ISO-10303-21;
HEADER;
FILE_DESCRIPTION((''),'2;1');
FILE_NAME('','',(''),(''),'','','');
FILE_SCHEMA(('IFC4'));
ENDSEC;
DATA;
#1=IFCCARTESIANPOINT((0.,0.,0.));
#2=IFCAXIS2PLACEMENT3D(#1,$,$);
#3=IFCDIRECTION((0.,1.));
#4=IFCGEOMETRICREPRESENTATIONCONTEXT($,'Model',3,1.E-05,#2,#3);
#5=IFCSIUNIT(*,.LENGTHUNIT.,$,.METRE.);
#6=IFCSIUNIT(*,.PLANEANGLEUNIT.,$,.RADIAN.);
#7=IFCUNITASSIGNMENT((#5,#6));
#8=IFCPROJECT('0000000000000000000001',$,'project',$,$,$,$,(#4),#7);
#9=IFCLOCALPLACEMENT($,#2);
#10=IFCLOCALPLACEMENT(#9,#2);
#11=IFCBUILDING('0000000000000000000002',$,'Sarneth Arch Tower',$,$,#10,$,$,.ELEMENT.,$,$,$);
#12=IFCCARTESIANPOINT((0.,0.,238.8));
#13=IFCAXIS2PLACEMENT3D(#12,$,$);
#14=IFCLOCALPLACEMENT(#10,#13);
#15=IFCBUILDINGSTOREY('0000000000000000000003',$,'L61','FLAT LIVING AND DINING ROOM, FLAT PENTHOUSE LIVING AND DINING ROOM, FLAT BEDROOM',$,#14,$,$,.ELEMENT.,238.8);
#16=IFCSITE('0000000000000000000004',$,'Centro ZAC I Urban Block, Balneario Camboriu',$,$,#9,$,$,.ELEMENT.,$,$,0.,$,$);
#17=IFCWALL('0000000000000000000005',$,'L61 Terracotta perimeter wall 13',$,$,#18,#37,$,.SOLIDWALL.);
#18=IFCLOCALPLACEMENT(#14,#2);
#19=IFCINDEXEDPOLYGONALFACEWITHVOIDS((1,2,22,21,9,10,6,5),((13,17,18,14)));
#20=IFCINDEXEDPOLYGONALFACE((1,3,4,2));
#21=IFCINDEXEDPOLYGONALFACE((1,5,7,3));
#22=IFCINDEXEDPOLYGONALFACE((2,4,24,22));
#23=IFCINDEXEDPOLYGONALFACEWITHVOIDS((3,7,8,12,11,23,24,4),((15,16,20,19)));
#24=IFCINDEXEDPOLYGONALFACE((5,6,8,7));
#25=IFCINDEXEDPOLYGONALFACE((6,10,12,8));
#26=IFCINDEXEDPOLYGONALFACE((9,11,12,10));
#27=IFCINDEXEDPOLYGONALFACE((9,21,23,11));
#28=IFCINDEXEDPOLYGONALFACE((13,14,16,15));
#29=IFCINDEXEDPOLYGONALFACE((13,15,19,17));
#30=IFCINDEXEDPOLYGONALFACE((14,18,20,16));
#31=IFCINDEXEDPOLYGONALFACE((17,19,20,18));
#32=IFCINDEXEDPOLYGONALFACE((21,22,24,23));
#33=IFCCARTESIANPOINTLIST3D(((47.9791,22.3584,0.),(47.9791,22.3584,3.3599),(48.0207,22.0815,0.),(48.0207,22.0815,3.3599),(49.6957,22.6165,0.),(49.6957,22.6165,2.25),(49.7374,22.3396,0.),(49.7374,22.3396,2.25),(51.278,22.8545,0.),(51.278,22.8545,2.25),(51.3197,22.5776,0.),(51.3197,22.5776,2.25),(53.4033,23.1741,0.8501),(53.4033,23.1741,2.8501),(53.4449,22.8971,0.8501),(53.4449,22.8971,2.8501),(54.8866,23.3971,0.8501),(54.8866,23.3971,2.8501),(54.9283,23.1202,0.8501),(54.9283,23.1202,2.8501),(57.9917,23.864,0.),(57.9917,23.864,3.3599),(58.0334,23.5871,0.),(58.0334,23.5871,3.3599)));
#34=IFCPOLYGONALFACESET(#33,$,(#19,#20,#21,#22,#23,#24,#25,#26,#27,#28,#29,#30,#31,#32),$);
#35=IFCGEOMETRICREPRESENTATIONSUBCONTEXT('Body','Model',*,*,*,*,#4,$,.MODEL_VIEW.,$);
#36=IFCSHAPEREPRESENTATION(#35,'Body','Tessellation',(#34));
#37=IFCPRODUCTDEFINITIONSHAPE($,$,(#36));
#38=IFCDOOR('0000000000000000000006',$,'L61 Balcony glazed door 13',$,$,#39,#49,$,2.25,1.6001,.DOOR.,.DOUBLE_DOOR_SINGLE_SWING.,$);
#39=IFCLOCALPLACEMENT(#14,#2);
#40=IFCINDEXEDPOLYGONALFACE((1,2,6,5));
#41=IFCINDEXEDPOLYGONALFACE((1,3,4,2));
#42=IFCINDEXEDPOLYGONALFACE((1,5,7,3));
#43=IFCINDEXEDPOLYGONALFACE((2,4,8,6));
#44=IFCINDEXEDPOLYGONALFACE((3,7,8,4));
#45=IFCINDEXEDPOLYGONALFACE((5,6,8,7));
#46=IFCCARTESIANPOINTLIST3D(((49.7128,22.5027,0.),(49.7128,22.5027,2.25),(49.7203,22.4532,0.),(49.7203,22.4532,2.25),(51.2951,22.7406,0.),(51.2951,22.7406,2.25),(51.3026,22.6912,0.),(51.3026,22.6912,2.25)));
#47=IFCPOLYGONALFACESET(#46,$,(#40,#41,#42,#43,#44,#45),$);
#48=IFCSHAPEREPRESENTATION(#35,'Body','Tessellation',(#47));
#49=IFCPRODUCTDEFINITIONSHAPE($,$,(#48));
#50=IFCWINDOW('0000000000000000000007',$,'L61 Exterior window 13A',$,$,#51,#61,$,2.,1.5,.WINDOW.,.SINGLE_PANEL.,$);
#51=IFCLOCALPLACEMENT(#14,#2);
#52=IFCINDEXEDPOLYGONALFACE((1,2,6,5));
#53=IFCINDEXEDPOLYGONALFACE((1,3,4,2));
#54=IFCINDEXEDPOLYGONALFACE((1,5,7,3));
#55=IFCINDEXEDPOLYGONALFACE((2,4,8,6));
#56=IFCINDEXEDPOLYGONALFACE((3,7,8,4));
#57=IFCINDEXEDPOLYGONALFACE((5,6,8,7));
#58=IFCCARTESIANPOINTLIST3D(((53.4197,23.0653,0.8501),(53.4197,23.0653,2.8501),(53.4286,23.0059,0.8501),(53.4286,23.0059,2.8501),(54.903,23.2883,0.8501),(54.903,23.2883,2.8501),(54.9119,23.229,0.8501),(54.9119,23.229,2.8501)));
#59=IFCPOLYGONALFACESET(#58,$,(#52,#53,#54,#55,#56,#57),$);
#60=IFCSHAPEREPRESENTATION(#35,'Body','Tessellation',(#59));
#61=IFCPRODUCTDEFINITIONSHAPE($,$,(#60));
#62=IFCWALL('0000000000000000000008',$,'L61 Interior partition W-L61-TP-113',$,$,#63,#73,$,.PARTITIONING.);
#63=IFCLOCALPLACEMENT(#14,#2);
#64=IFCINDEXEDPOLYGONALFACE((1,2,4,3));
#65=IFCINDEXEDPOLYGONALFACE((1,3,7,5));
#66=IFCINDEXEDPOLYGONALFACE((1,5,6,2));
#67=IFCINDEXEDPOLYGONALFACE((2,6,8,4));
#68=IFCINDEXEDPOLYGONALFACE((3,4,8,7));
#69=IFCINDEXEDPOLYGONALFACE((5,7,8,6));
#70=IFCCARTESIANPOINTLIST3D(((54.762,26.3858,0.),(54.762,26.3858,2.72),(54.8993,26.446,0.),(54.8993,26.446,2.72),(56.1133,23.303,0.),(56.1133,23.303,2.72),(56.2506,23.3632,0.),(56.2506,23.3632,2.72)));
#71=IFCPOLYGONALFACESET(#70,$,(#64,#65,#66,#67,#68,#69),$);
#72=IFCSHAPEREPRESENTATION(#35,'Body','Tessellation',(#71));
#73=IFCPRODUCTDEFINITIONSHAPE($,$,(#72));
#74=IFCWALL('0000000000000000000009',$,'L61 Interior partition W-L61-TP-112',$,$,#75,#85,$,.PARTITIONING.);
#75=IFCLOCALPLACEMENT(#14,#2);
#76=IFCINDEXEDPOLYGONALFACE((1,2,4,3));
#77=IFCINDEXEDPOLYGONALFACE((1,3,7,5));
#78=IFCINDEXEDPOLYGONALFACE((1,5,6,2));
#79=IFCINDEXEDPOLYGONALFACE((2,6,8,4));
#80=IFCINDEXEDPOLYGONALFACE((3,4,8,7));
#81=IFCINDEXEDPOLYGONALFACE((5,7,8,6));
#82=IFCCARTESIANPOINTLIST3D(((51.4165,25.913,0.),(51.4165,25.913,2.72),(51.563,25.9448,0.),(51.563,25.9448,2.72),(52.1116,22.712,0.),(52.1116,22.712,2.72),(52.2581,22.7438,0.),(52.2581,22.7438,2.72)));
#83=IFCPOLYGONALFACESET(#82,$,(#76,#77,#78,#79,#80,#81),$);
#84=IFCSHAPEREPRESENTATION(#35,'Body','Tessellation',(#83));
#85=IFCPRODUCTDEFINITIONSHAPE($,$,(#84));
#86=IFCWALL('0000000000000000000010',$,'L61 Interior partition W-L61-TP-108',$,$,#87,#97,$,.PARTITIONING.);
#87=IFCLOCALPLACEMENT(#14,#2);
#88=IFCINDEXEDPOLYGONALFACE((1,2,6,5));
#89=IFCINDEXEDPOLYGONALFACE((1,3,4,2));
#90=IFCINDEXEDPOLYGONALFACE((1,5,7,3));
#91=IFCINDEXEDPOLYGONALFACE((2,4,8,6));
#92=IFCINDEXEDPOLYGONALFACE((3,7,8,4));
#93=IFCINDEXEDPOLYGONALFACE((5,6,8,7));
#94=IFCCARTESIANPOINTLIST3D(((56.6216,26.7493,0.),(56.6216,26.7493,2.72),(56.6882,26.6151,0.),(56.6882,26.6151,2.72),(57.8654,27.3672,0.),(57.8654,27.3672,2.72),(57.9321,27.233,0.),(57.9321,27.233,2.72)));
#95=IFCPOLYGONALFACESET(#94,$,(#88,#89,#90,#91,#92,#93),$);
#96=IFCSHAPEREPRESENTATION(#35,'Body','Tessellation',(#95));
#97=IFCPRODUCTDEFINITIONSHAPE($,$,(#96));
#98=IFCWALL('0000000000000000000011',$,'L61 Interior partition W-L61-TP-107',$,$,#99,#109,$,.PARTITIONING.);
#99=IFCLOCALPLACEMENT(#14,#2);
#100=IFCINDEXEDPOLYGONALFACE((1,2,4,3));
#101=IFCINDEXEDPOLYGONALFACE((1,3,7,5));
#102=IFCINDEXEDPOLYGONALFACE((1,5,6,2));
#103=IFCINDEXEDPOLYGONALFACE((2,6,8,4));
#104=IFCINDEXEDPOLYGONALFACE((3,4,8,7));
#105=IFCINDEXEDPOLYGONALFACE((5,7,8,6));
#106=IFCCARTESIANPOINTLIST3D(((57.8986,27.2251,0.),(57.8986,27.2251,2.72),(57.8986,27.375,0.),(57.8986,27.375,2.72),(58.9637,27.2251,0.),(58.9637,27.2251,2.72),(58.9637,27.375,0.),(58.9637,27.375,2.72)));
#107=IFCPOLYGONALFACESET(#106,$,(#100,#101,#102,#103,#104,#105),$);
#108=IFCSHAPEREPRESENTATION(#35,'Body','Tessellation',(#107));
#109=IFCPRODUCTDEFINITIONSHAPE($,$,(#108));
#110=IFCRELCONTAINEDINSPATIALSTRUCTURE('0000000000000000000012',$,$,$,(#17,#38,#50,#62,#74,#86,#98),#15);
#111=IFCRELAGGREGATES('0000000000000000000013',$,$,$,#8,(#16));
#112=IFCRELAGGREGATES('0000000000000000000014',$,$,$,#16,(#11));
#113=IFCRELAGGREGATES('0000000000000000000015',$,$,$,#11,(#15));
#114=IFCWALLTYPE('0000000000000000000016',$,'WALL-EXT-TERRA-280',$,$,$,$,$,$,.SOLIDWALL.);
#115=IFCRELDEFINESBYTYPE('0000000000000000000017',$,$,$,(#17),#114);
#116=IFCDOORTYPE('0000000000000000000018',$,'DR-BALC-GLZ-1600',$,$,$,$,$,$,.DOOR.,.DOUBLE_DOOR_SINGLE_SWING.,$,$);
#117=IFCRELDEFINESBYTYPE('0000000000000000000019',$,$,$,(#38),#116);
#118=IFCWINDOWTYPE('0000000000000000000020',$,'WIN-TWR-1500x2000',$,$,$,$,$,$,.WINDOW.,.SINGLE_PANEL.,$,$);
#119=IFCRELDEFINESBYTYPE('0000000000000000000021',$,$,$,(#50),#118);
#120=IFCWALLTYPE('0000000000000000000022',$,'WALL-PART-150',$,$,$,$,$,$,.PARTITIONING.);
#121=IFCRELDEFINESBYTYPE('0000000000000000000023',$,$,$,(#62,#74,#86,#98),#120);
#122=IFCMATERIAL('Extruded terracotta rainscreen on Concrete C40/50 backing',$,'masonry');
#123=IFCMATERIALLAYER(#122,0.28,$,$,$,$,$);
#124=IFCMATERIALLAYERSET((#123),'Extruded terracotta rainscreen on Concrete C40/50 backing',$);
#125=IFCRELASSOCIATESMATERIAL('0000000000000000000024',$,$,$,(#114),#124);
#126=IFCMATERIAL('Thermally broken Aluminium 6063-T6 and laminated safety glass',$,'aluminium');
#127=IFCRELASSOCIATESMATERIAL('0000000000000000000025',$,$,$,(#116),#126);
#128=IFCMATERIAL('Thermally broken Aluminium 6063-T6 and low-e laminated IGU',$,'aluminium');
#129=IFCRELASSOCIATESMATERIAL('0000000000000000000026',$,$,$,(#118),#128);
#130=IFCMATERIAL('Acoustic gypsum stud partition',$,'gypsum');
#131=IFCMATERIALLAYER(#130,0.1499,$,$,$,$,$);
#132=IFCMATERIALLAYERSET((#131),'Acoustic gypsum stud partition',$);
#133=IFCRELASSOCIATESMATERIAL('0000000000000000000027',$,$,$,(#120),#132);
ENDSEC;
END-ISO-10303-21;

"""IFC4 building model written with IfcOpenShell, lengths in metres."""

from ifc_helpers import new_model, si_unit, direction, frame, frame_2d, origin, place, context, subcontext, project, spatial, rectangle, extrude, material, layer, layer_set, type_object, element, fill, save


model = new_model("IFC4")

# Units and contexts
model_context = context("Model", 3, precision=1e-05, world=origin(), true_north=direction((0.0, 1.0)))
body_context = subcontext(model_context, "Body", "Model", "MODEL_VIEW")
ifc_project = project(units=[si_unit("LENGTHUNIT", "METRE"), si_unit("PLANEANGLEUNIT", "RADIAN")], contexts=[model_context])

# Site, building, storey
site_placement = place(None, origin())
site = spatial("IfcSite", under=ifc_project, at=site_placement, Name="Centro ZAC I Urban Block, Balneario Camboriu", CompositionType="ELEMENT", RefElevation=0.0)
building_placement = place(site_placement, origin())
building = spatial("IfcBuilding", under=site, at=building_placement, Name="Sarneth Arch Tower", CompositionType="ELEMENT")
storey_placement = place(building_placement, frame((0.0, 0.0, 238.8)))
storey = spatial("IfcBuildingStorey", under=building, at=storey_placement, Name="L61", Description="FLAT LIVING AND DINING ROOM, FLAT PENTHOUSE LIVING AND DINING ROOM, FLAT BEDROOM", CompositionType="ELEMENT", Elevation=238.8)

# Wall, openings, door, window
ifc_material_1 = material(Name="Extruded terracotta rainscreen on Concrete C40/50 backing", Category="masonry")
ifc_layer_1 = layer(ifc_material_1, 0.28)
ifc_layer_set_1 = layer_set([ifc_layer_1], Name="Extruded terracotta rainscreen on Concrete C40/50 backing")
wall_type_1 = type_object("IfcWallType", Name="WALL-EXT-TERRA-280", PredefinedType="SOLIDWALL", material=ifc_layer_set_1)
wall_1_placement = place(storey_placement, frame((48.0, 22.22, 0.0), z_axis=(0.0, 0.0, 1.0), x_axis=(0.988883, 0.148699, 0.0)))
wall_1 = element("IfcWall", 1, at=wall_1_placement, inside=storey, type_object=wall_type_1, Name="L61 Terracotta perimeter wall 13", PredefinedType="SOLIDWALL", context=body_context, shape_type="SweptSolid", body=[
    extrude(rectangle(XDim=10.1252, YDim=0.28, at=frame_2d((5.0625, 0.0))), origin(), (0.0, 0.0, 1.0), 3.3599),
])
opening_1_placement = place(wall_1_placement, frame((1.7358, 0.0, 0.0)))
opening_1 = element("IfcOpeningElement", 2, at=opening_1_placement, cuts=wall_1, PredefinedType="OPENING", context=body_context, shape_type="SweptSolid", body=[
    extrude(rectangle(XDim=1.6001, YDim=2.25, at=frame_2d((0.8, 1.125))), frame((0.0, 0.1499, 0.0), z_axis=(0.0, -1.0, 0.0), x_axis=(1.0, 0.0, 0.0)), (0.0, 0.0, 1.0), 0.3),
])
opening_2_placement = place(wall_1_placement, frame((5.4851, 0.0, 0.8501)))
opening_2 = element("IfcOpeningElement", 3, at=opening_2_placement, cuts=wall_1, PredefinedType="OPENING", context=body_context, shape_type="SweptSolid", body=[
    extrude(rectangle(XDim=1.5, YDim=2.0, at=frame_2d((0.75, 1.0))), frame((0.0, 0.1499, 0.0), z_axis=(0.0, -1.0, 0.0), x_axis=(1.0, 0.0, 0.0)), (0.0, 0.0, 1.0), 0.3),
])
ifc_material_2 = material(Name="Thermally broken Aluminium 6063-T6 and laminated safety glass", Category="aluminium")
door_type_1 = type_object("IfcDoorType", Name="DR-BALC-GLZ-1600", OperationType="DOUBLE_DOOR_SINGLE_SWING", PredefinedType="DOOR", material=ifc_material_2)
door_1_placement = place(opening_1_placement, origin())
door_1 = element("IfcDoor", 4, at=door_1_placement, inside=storey, type_object=door_type_1, Name="L61 Balcony glazed door 13", OperationType="DOUBLE_DOOR_SINGLE_SWING", OverallHeight=2.25, OverallWidth=1.6001, PredefinedType="DOOR", context=body_context, shape_type="SweptSolid", body=[
    extrude(rectangle(XDim=1.6001, YDim=2.25, at=frame_2d((0.8, 1.125))), frame((0.0, 0.0249, 0.0), z_axis=(0.0, -1.0, 0.0), x_axis=(1.0, 0.0, 0.0)), (0.0, 0.0, 1.0), 0.05),
])
fill(opening_1, door_1)
ifc_material_3 = material(Name="Thermally broken Aluminium 6063-T6 and low-e laminated IGU", Category="aluminium")
window_type = type_object("IfcWindowType", Name="WIN-TWR-1500x2000", PartitioningType="SINGLE_PANEL", PredefinedType="WINDOW", material=ifc_material_3)
window_placement = place(opening_2_placement, origin())
window = element("IfcWindow", 5, at=window_placement, inside=storey, type_object=window_type, Name="L61 Exterior window 13A", OverallHeight=2.0, OverallWidth=1.5, PartitioningType="SINGLE_PANEL", PredefinedType="WINDOW", context=body_context, shape_type="SweptSolid", body=[
    extrude(rectangle(XDim=1.5, YDim=2.0, at=frame_2d((0.75, 1.0))), frame((0.0, 0.03, 0.0), z_axis=(0.0, -1.0, 0.0), x_axis=(1.0, 0.0, 0.0)), (0.0, 0.0, 1.0), 0.0601),
])
fill(opening_2, window)

# Walls
ifc_material_4 = material(Name="Acoustic gypsum stud partition", Category="gypsum")
ifc_layer_2 = layer(ifc_material_4, 0.1499)
ifc_layer_set_2 = layer_set([ifc_layer_2], Name="Acoustic gypsum stud partition")
wall_type_2 = type_object("IfcWallType", Name="WALL-PART-150", PredefinedType="PARTITIONING", material=ifc_layer_set_2)
wall_2_placement = place(storey_placement, frame((54.8306, 26.416, 0.0), z_axis=(0.0, 0.0, 1.0), x_axis=(0.401469, -0.915872, 0.0)))
element("IfcWall", 6, at=wall_2_placement, inside=storey, type_object=wall_type_2, Name="L61 Interior partition W-L61-TP-113", PredefinedType="PARTITIONING", context=body_context, shape_type="SweptSolid", body=[
    extrude(rectangle(XDim=3.366, YDim=0.1499, at=frame_2d((1.6831, 0.0))), origin(), (0.0, 0.0, 1.0), 2.72),
])
wall_3_placement = place(storey_placement, frame((52.1848, 22.728, 0.0), z_axis=(0.0, 0.0, 1.0), x_axis=(-0.212201, 0.977226, 0.0)))
element("IfcWall", 7, at=wall_3_placement, inside=storey, type_object=wall_type_2, Name="L61 Interior partition W-L61-TP-112", PredefinedType="PARTITIONING", context=body_context, shape_type="SweptSolid", body=[
    extrude(rectangle(XDim=3.2756, YDim=0.1499, at=frame_2d((1.6377, 0.0))), origin(), (0.0, 0.0, 1.0), 2.72),
])
wall_4_placement = place(storey_placement, frame((57.8987, 27.3, 0.0), z_axis=(0.0, 0.0, 1.0), x_axis=(-0.895584, -0.444892, 0.0)))
element("IfcWall", 8, at=wall_4_placement, inside=storey, type_object=wall_type_2, Name="L61 Interior partition W-L61-TP-108", PredefinedType="PARTITIONING", context=body_context, shape_type="SweptSolid", body=[
    extrude(rectangle(XDim=1.3889, YDim=0.1499, at=frame_2d((0.6943, 0.0))), origin(), (0.0, 0.0, 1.0), 2.72),
])
wall_5_placement = place(storey_placement, frame((58.9639, 27.3, 0.0), z_axis=(0.0, 0.0, 1.0), x_axis=(-1.0, 0.0, 0.0)))
element("IfcWall", 9, at=wall_5_placement, inside=storey, type_object=wall_type_2, Name="L61 Interior partition W-L61-TP-107", PredefinedType="PARTITIONING", context=body_context, shape_type="SweptSolid", body=[
    extrude(rectangle(XDim=1.0652, YDim=0.1499, at=frame_2d((0.5327, 0.0))), origin(), (0.0, 0.0, 1.0), 2.72),
])

save(model, "model.ifc")
